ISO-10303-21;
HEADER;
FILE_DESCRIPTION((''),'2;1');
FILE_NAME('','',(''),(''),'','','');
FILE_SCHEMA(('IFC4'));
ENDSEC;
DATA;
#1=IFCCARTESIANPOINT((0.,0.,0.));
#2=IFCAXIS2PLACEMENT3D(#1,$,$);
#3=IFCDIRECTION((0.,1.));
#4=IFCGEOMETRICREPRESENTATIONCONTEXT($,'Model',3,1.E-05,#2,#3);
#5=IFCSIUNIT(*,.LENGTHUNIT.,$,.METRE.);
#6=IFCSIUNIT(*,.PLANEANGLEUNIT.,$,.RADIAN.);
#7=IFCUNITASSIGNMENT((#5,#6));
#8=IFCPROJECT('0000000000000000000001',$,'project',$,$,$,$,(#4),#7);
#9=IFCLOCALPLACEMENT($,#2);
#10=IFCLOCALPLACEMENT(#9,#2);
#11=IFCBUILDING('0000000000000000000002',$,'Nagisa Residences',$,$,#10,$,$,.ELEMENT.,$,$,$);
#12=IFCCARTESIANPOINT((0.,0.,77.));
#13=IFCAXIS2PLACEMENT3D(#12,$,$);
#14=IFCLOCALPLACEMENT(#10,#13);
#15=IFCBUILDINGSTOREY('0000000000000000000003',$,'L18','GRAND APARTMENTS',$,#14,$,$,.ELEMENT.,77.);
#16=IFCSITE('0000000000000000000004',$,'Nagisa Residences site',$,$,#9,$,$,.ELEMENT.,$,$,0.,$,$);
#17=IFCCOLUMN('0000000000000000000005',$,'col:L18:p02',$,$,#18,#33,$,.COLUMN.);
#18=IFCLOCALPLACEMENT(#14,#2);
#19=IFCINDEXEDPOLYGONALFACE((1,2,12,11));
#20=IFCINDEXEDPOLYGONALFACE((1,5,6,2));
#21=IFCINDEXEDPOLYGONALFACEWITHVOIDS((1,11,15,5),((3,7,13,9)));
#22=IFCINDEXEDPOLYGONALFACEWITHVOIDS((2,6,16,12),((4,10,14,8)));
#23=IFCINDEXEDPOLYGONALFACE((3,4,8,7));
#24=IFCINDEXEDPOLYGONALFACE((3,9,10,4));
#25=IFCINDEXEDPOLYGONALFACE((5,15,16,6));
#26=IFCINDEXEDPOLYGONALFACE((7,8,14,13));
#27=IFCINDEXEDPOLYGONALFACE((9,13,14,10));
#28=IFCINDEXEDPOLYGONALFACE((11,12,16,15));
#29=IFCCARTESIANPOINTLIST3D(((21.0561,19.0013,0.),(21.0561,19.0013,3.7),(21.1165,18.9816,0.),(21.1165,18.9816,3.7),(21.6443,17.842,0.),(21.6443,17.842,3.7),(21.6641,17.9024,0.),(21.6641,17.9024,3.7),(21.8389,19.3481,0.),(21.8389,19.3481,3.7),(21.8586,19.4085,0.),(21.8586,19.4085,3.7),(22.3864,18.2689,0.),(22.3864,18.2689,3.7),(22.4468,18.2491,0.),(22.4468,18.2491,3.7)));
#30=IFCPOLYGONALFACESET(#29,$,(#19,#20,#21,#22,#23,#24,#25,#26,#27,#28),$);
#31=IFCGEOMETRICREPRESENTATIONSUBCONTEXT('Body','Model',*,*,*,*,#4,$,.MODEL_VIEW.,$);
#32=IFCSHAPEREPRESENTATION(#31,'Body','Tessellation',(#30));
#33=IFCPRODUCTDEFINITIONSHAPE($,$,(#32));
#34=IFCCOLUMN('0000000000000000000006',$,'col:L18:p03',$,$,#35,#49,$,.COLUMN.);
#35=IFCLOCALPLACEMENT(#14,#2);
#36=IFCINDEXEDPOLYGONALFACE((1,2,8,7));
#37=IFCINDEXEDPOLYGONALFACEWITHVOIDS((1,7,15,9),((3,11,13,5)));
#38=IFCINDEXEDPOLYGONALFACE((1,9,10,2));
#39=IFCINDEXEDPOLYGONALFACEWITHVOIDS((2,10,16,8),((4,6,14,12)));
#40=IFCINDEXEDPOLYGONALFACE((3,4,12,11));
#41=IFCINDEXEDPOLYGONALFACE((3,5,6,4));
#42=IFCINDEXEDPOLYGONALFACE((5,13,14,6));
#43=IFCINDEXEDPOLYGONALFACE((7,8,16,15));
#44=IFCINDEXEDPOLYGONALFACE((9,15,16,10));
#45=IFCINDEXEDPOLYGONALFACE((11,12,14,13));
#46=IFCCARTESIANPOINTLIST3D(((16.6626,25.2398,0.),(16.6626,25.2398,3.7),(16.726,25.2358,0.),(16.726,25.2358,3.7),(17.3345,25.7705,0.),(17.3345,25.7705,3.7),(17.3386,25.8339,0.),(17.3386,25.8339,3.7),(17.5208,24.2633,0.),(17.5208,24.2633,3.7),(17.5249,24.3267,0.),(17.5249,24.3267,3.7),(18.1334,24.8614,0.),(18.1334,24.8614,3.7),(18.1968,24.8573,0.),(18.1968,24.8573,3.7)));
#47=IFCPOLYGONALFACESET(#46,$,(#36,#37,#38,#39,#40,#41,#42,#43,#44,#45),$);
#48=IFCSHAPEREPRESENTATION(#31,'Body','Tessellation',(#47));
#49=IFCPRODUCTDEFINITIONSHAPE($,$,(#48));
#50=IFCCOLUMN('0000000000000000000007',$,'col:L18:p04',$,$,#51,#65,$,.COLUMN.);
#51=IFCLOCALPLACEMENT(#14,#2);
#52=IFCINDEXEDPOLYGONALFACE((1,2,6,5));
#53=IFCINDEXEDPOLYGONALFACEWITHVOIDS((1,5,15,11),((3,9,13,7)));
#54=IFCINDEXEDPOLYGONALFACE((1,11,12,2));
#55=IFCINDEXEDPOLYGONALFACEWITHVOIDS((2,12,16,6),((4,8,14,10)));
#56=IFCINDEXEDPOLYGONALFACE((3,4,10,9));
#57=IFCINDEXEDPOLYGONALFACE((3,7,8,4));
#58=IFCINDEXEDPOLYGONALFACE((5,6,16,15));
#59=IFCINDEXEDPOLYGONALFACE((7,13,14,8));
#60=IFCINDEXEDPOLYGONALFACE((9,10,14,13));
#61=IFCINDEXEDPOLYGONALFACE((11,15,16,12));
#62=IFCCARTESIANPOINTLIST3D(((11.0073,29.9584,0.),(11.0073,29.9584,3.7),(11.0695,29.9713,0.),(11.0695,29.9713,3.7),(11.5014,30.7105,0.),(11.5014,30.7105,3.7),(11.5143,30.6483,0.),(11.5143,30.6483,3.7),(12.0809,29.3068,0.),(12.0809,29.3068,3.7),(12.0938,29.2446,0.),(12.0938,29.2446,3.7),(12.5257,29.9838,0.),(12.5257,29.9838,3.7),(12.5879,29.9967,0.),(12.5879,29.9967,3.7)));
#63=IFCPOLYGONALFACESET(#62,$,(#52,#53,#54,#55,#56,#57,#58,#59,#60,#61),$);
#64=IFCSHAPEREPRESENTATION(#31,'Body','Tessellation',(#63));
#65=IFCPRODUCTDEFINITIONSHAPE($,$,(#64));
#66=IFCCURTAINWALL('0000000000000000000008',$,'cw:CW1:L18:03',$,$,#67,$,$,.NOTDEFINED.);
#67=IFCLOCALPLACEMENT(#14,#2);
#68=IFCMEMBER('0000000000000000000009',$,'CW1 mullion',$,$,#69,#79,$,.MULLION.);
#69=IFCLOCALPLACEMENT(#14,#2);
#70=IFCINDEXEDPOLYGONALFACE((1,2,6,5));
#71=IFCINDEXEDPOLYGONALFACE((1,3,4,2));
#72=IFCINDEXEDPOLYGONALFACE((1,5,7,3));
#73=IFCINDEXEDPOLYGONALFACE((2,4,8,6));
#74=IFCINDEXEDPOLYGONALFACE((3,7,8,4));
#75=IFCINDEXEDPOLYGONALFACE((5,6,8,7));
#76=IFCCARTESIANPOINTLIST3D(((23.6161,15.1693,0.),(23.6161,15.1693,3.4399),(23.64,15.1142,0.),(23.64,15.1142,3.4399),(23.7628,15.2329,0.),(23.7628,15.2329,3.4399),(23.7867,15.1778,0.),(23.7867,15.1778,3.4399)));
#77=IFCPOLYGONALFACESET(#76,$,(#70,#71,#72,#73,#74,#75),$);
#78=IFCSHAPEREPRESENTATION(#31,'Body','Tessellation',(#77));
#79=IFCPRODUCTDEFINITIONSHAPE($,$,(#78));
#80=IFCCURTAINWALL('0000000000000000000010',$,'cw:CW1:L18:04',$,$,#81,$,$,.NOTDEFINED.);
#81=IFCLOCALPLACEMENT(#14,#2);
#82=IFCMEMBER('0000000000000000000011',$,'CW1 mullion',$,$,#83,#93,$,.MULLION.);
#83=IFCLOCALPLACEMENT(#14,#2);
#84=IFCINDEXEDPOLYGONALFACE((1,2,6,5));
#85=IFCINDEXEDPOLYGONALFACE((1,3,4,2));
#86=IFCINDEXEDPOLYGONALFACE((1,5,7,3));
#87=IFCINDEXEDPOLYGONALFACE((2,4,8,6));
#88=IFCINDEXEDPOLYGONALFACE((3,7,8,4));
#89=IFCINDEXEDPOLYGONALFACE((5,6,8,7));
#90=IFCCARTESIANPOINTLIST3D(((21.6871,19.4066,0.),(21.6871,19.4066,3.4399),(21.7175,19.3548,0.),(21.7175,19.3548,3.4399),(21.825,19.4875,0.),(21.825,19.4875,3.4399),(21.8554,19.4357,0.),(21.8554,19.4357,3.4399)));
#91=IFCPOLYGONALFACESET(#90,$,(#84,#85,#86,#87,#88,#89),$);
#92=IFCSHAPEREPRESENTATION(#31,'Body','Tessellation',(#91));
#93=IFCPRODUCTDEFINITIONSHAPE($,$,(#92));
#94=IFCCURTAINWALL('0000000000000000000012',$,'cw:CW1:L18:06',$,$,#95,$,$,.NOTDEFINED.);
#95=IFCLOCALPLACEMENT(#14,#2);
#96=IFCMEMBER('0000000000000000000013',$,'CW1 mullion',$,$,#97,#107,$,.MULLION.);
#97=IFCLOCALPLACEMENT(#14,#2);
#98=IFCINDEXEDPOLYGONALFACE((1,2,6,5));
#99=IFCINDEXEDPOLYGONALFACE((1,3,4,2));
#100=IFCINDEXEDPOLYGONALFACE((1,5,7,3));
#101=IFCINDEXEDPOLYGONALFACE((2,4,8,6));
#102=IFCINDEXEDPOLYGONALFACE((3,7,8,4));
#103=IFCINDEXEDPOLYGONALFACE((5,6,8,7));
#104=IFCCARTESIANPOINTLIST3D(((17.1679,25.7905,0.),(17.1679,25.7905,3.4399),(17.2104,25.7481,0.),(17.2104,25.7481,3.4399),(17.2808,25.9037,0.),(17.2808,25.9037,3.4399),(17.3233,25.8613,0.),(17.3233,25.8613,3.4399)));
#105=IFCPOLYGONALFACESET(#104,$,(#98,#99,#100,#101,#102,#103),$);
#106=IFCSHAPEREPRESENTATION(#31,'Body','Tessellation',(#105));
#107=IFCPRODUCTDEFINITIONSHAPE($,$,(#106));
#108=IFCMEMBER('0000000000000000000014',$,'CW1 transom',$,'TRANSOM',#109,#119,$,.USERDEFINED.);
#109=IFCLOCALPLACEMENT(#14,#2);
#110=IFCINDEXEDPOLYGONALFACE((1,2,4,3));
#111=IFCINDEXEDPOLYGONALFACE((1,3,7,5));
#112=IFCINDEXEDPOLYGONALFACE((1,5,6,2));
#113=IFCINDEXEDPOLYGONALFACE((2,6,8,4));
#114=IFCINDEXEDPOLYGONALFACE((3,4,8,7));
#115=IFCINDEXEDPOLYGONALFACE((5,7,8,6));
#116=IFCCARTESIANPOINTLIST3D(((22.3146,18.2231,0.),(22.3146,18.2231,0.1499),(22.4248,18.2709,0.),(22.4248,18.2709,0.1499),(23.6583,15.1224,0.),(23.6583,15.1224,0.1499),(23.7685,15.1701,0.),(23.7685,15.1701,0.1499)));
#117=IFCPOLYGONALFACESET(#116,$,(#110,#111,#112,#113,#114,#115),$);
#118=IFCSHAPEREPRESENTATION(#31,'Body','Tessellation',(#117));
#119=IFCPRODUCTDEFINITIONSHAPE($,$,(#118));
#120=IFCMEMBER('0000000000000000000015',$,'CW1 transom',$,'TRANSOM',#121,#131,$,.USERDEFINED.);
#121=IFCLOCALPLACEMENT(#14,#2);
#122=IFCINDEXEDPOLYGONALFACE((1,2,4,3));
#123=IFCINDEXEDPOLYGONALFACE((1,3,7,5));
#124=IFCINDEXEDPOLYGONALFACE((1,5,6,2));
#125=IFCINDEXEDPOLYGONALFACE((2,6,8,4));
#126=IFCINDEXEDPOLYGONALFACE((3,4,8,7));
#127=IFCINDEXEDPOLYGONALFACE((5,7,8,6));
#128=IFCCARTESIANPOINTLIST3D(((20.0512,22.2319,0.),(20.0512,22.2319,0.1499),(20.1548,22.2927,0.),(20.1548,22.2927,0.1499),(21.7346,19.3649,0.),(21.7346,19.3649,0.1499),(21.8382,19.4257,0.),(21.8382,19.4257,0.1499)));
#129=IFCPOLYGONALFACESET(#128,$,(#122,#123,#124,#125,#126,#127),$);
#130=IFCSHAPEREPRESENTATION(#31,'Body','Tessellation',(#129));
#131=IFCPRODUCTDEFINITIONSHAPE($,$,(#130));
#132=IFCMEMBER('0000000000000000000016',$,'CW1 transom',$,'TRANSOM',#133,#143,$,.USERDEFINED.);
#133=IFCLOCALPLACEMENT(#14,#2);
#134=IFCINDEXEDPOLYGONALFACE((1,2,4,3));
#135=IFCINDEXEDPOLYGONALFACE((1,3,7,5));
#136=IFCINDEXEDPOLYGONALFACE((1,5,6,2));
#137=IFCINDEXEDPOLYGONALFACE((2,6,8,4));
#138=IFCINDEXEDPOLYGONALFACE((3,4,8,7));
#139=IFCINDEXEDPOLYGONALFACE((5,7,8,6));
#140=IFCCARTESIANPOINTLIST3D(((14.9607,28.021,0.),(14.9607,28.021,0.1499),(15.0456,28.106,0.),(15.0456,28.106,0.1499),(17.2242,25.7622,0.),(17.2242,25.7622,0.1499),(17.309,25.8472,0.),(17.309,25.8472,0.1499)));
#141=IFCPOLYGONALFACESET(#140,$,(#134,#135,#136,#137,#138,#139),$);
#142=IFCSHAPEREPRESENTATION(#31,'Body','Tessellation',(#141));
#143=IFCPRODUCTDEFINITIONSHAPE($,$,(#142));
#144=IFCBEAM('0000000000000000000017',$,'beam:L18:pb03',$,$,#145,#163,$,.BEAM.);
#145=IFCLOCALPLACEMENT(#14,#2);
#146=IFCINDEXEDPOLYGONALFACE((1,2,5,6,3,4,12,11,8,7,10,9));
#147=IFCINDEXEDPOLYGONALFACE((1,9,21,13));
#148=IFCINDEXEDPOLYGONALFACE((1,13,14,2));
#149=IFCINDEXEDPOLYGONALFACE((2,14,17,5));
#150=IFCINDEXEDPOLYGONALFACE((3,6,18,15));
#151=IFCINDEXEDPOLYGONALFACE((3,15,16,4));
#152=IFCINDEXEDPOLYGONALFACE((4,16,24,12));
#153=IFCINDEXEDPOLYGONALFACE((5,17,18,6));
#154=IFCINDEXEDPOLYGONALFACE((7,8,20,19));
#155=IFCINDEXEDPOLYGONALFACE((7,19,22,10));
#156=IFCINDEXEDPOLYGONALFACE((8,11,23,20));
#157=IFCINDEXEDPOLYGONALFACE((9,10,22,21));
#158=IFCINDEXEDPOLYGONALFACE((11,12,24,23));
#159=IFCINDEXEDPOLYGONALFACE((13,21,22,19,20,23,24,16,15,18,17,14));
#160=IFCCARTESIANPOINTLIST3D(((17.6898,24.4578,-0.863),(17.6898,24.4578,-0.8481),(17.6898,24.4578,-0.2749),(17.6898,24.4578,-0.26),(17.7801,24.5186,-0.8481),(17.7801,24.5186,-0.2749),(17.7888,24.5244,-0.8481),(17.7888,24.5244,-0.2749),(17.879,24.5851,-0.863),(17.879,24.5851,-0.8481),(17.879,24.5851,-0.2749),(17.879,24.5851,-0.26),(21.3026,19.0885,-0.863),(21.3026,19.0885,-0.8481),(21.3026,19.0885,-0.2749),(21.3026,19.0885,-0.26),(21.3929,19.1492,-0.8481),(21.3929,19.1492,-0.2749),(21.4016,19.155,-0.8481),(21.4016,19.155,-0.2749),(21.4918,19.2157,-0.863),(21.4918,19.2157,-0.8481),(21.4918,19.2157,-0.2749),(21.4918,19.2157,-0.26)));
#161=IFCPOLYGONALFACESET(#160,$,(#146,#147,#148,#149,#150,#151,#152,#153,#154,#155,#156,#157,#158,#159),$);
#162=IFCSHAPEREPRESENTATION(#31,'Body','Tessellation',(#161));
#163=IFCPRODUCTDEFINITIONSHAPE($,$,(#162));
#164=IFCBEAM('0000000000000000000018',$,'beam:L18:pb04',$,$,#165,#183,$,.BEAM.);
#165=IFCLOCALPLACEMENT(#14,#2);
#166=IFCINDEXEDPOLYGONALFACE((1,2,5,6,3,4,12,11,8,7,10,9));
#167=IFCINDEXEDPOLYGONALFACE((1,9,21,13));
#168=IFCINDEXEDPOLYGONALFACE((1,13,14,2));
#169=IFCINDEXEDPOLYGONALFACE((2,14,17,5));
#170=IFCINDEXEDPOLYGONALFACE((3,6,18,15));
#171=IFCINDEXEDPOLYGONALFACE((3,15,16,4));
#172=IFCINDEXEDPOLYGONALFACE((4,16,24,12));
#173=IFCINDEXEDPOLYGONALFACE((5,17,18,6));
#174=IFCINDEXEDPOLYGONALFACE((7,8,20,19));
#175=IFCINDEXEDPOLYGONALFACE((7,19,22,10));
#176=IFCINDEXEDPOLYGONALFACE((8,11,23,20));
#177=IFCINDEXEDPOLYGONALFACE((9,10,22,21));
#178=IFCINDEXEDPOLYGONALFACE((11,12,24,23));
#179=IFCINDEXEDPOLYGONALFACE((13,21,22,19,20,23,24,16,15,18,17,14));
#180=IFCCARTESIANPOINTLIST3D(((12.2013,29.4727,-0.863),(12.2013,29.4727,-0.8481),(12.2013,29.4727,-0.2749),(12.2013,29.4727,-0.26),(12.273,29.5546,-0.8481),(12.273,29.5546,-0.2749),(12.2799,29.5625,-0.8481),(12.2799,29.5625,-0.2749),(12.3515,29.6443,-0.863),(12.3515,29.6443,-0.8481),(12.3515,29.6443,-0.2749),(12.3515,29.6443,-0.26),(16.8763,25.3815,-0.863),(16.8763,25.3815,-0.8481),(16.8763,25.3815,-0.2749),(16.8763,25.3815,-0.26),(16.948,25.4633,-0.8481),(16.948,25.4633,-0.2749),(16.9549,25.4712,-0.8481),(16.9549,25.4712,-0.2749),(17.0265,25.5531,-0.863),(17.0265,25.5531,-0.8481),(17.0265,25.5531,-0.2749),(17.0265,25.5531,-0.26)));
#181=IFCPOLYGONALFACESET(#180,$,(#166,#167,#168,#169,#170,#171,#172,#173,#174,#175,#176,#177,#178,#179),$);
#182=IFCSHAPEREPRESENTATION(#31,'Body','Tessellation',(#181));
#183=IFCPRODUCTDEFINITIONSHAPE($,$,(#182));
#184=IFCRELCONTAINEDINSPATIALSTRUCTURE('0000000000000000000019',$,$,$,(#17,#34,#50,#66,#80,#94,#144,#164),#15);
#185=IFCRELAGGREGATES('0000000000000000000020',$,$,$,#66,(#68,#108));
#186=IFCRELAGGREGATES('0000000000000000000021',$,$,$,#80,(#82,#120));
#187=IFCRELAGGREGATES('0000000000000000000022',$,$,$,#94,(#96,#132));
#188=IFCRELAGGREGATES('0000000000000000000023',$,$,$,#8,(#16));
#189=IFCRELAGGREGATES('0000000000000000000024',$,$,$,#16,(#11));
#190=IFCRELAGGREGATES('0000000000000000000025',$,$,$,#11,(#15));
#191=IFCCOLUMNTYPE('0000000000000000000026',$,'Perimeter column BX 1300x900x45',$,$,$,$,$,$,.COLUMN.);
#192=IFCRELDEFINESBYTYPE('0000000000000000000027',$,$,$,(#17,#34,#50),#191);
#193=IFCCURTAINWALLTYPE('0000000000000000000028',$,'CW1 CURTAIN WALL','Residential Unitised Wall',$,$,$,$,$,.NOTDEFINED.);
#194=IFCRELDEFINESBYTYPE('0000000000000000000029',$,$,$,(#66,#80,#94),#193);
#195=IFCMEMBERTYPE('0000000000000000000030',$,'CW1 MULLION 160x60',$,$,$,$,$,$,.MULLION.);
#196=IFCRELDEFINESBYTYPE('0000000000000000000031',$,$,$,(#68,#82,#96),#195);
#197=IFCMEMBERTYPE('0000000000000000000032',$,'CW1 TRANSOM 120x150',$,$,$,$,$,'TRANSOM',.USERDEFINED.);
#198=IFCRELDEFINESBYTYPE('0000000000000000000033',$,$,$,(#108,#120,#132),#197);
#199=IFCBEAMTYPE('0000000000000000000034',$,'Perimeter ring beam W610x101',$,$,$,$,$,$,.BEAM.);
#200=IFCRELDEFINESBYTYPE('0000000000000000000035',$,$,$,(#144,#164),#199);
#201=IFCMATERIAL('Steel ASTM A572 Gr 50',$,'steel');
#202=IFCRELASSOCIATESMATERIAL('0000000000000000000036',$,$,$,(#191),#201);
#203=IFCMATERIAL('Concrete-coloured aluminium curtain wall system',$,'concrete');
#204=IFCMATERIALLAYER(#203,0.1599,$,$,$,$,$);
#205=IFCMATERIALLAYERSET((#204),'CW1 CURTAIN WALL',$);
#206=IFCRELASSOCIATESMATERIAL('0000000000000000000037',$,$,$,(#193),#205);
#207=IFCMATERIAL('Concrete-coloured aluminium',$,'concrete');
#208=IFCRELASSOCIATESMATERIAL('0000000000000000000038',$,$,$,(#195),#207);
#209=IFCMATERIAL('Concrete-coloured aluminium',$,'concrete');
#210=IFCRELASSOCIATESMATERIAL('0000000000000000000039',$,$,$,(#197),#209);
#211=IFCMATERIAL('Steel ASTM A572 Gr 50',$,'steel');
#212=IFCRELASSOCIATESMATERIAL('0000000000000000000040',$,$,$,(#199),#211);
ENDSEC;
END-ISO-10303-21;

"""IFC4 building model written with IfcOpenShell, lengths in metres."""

from ifc_helpers import new_model, si_unit, direction, frame, origin, origin_2d, place, context, subcontext, project, spatial, rectangle, hollow_rectangle, i_section, extrude, material, layer, layer_set, material_profile, profile_set, type_object, element, aggregate, save


model = new_model("IFC4")

# Units and contexts
model_context = context("Model", 3, precision=1e-05, world=origin(), true_north=direction((0.0, 1.0)))
body_context = subcontext(model_context, "Body", "Model", "MODEL_VIEW")
ifc_project = project(units=[si_unit("LENGTHUNIT", "METRE"), si_unit("PLANEANGLEUNIT", "RADIAN")], contexts=[model_context])

# Site, building, storey
site_placement = place(None, origin())
site = spatial("IfcSite", under=ifc_project, at=site_placement, Name="Nagisa Residences site", CompositionType="ELEMENT", RefElevation=0.0)
building_placement = place(site_placement, origin())
building = spatial("IfcBuilding", under=site, at=building_placement, Name="Nagisa Residences", CompositionType="ELEMENT")
storey_placement = place(building_placement, frame((0.0, 0.0, 77.0)))
storey = spatial("IfcBuildingStorey", under=building, at=storey_placement, Name="L18", Description="GRAND APARTMENTS", CompositionType="ELEMENT", Elevation=77.0)

# Columns
ifc_material_1 = material(Name="Steel ASTM A572 Gr 50", Category="steel")
ifc_material_profile_1 = material_profile(ifc_material_1, hollow_rectangle(XDim=1.3, YDim=0.8999, WallThickness=0.0449, at=origin_2d()), Name="BX 1300x900x45")
ifc_profile_set_1 = profile_set([ifc_material_profile_1], Name="Steel ASTM A572 Gr 50")
column_type = type_object("IfcColumnType", Name="Perimeter column BX 1300x900x45", PredefinedType="COLUMN", material=ifc_profile_set_1)
for number, where, z_axis, x_axis, name in (
    (1, (21.7515, 18.6252, 0.0), (0.0, 0.0, 1.0), (-0.452463, 0.891783, 0.0), "col:L18:p02"),
    (2, (17.4297, 25.0486, 0.0), (0.0, 0.0, 1.0), (-0.660115, 0.751165, 0.0), "col:L18:p03"),
    (3, (11.7976, 29.9775, 0.0), (0.0, 0.0, 1.0), (-0.835766, 0.549086, 0.0), "col:L18:p04"),
):
    element("IfcColumn", number, at=place(storey_placement, frame(where, z_axis=z_axis, x_axis=x_axis)), inside=storey, type_object=column_type, Name=name, PredefinedType="COLUMN", context=body_context, shape_type="SweptSolid", body=[
        extrude(hollow_rectangle(XDim=1.3, YDim=0.8999, WallThickness=0.0449, at=origin_2d()), origin(), (0.0, 0.0, 1.0), 3.7),
    ])

# Curtain walls, members
ifc_material_2 = material(Name="Concrete-coloured aluminium curtain wall system", Category="concrete")
ifc_layer_1 = layer(ifc_material_2, 0.1599)
ifc_layer_set_1 = layer_set([ifc_layer_1], Name="CW1 CURTAIN WALL")
curtain_wall_type = type_object("IfcCurtainWallType", Name="CW1 CURTAIN WALL", Description="Residential Unitised Wall", PredefinedType="NOTDEFINED", material=ifc_layer_set_1)
curtain_wall_1_placement = place(storey_placement, origin())
curtain_wall_1 = element("IfcCurtainWall", 4, at=curtain_wall_1_placement, inside=storey, type_object=curtain_wall_type, Name="cw:CW1:L18:03", PredefinedType="NOTDEFINED")
ifc_material_3 = material(Name="Concrete-coloured aluminium", Category="concrete")
ifc_material_profile_2 = material_profile(ifc_material_3, rectangle(XDim=0.1599, YDim=0.0601, at=origin_2d()), Name="CW1 MULLION 160x60")
ifc_profile_set_2 = profile_set([ifc_material_profile_2], Name="Concrete-coloured aluminium")
member_type_1 = type_object("IfcMemberType", Name="CW1 MULLION 160x60", PredefinedType="MULLION", material=ifc_profile_set_2)
member_1_placement = place(storey_placement, frame((23.7014, 15.1736, 0.0), z_axis=(0.0, 0.0, 1.0), x_axis=(-0.917543, -0.397636, 0.0)))
member_1 = element("IfcMember", 5, at=member_1_placement, type_object=member_type_1, Name="CW1 mullion", PredefinedType="MULLION", context=body_context, shape_type="SweptSolid", body=[
    extrude(rectangle(XDim=0.1599, YDim=0.0601, at=origin_2d()), origin(), (0.0, 0.0, 1.0), 3.4399),
])
curtain_wall_2_placement = place(storey_placement, origin())
curtain_wall_2 = element("IfcCurtainWall", 6, at=curtain_wall_2_placement, inside=storey, type_object=curtain_wall_type, Name="cw:CW1:L18:04", PredefinedType="NOTDEFINED")
member_2_placement = place(storey_placement, frame((21.7712, 19.4211, 0.0), z_axis=(0.0, 0.0, 1.0), x_axis=(-0.862329, -0.506349, 0.0)))
member_2 = element("IfcMember", 7, at=member_2_placement, type_object=member_type_1, Name="CW1 mullion", PredefinedType="MULLION", context=body_context, shape_type="SweptSolid", body=[
    extrude(rectangle(XDim=0.1599, YDim=0.0601, at=origin_2d()), origin(), (0.0, 0.0, 1.0), 3.4399),
])
curtain_wall_3_placement = place(storey_placement, origin())
curtain_wall_3 = element("IfcCurtainWall", 8, at=curtain_wall_3_placement, inside=storey, type_object=curtain_wall_type, Name="cw:CW1:L18:06", PredefinedType="NOTDEFINED")
member_3_placement = place(storey_placement, frame((17.2456, 25.8259, 0.0), z_axis=(0.0, 0.0, 1.0), x_axis=(-0.706377, -0.707836, 0.0)))
member_3 = element("IfcMember", 9, at=member_3_placement, type_object=member_type_1, Name="CW1 mullion", PredefinedType="MULLION", context=body_context, shape_type="SweptSolid", body=[
    extrude(rectangle(XDim=0.1599, YDim=0.0601, at=origin_2d()), origin(), (0.0, 0.0, 1.0), 3.4399),
])

# Members
ifc_material_4 = material(Name="Concrete-coloured aluminium", Category="concrete")
ifc_material_profile_3 = material_profile(ifc_material_4, rectangle(XDim=0.1201, YDim=0.1499, at=origin_2d()), Name="CW1 TRANSOM 120x150")
ifc_profile_set_3 = profile_set([ifc_material_profile_3], Name="Concrete-coloured aluminium")
member_type_2 = type_object("IfcMemberType", Name="CW1 TRANSOM 120x150", ElementType="TRANSOM", PredefinedType="USERDEFINED", material=ifc_profile_set_3)
member_4_placement = place(storey_placement, frame((23.7134, 15.1462, 0.075), z_axis=(-0.397622, 0.917549, 0.0), x_axis=(-0.917549, -0.397622, 0.0)))
member_4 = element("IfcMember", 10, at=member_4_placement, type_object=member_type_2, Name="CW1 transom", ObjectType="TRANSOM", PredefinedType="USERDEFINED", context=body_context, shape_type="SweptSolid", body=[
    extrude(rectangle(XDim=0.1201, YDim=0.1499, at=origin_2d()), origin(), (0.0, 0.0, 1.0), 3.3794),
])
member_5_placement = place(storey_placement, frame((21.7864, 19.3953, 0.075), z_axis=(-0.50633, 0.86234, 0.0), x_axis=(-0.86234, -0.50633, 0.0)))
member_5 = element("IfcMember", 11, at=member_5_placement, type_object=member_type_2, Name="CW1 transom", ObjectType="TRANSOM", PredefinedType="USERDEFINED", context=body_context, shape_type="SweptSolid", body=[
    extrude(rectangle(XDim=0.1201, YDim=0.1499, at=origin_2d()), origin(), (0.0, 0.0, 1.0), 3.3247),
])
member_6_placement = place(storey_placement, frame((17.2666, 25.8047, 0.075), z_axis=(-0.707832, 0.706381, 0.0), x_axis=(-0.706381, -0.707832, 0.0)))
member_6 = element("IfcMember", 12, at=member_6_placement, type_object=member_type_2, Name="CW1 transom", ObjectType="TRANSOM", PredefinedType="USERDEFINED", context=body_context, shape_type="SweptSolid", body=[
    extrude(rectangle(XDim=0.1201, YDim=0.1499, at=origin_2d()), origin(), (0.0, 0.0, 1.0), 3.1978),
])

# Beams
ifc_material_5 = material(Name="Steel ASTM A572 Gr 50", Category="steel")
ifc_material_profile_4 = material_profile(ifc_material_5, i_section(OverallWidth=0.228, OverallDepth=0.603, WebThickness=0.0105, FlangeThickness=0.0149, at=origin_2d()), Name="W610x101")
ifc_profile_set_4 = profile_set([ifc_material_profile_4], Name="Steel ASTM A572 Gr 50")
beam_type_1 = type_object("IfcBeamType", Name="Perimeter ring beam W610x101", PredefinedType="BEAM", material=ifc_profile_set_4)
beam_1_placement = place(storey_placement, frame((21.3972, 19.1521, -0.5615), z_axis=(-0.558247, 0.829675, 0.0), x_axis=(-0.829675, -0.558247, 0.0)))
element("IfcBeam", 13, at=beam_1_placement, inside=storey, type_object=beam_type_1, Name="beam:L18:pb03", PredefinedType="BEAM", context=body_context, shape_type="SweptSolid", body=[
    extrude(i_section(OverallWidth=0.228, OverallDepth=0.603, WebThickness=0.0105, FlangeThickness=0.0149, at=origin_2d()), origin(), (0.0, 0.0, 1.0), 6.4717),
])
beam_2_placement = place(storey_placement, frame((16.9514, 25.4673, -0.5615), z_axis=(-0.752526, 0.658563, 0.0), x_axis=(-0.658563, -0.752526, 0.0)))
element("IfcBeam", 14, at=beam_2_placement, inside=storey, type_object=beam_type_1, Name="beam:L18:pb04", PredefinedType="BEAM", context=body_context, shape_type="SweptSolid", body=[
    extrude(i_section(OverallWidth=0.228, OverallDepth=0.603, WebThickness=0.0105, FlangeThickness=0.0149, at=origin_2d()), origin(), (0.0, 0.0, 1.0), 6.2124),
])

aggregate(curtain_wall_1, [member_1, member_4])
aggregate(curtain_wall_2, [member_2, member_5])
aggregate(curtain_wall_3, [member_3, member_6])

save(model, "model.ifc")
